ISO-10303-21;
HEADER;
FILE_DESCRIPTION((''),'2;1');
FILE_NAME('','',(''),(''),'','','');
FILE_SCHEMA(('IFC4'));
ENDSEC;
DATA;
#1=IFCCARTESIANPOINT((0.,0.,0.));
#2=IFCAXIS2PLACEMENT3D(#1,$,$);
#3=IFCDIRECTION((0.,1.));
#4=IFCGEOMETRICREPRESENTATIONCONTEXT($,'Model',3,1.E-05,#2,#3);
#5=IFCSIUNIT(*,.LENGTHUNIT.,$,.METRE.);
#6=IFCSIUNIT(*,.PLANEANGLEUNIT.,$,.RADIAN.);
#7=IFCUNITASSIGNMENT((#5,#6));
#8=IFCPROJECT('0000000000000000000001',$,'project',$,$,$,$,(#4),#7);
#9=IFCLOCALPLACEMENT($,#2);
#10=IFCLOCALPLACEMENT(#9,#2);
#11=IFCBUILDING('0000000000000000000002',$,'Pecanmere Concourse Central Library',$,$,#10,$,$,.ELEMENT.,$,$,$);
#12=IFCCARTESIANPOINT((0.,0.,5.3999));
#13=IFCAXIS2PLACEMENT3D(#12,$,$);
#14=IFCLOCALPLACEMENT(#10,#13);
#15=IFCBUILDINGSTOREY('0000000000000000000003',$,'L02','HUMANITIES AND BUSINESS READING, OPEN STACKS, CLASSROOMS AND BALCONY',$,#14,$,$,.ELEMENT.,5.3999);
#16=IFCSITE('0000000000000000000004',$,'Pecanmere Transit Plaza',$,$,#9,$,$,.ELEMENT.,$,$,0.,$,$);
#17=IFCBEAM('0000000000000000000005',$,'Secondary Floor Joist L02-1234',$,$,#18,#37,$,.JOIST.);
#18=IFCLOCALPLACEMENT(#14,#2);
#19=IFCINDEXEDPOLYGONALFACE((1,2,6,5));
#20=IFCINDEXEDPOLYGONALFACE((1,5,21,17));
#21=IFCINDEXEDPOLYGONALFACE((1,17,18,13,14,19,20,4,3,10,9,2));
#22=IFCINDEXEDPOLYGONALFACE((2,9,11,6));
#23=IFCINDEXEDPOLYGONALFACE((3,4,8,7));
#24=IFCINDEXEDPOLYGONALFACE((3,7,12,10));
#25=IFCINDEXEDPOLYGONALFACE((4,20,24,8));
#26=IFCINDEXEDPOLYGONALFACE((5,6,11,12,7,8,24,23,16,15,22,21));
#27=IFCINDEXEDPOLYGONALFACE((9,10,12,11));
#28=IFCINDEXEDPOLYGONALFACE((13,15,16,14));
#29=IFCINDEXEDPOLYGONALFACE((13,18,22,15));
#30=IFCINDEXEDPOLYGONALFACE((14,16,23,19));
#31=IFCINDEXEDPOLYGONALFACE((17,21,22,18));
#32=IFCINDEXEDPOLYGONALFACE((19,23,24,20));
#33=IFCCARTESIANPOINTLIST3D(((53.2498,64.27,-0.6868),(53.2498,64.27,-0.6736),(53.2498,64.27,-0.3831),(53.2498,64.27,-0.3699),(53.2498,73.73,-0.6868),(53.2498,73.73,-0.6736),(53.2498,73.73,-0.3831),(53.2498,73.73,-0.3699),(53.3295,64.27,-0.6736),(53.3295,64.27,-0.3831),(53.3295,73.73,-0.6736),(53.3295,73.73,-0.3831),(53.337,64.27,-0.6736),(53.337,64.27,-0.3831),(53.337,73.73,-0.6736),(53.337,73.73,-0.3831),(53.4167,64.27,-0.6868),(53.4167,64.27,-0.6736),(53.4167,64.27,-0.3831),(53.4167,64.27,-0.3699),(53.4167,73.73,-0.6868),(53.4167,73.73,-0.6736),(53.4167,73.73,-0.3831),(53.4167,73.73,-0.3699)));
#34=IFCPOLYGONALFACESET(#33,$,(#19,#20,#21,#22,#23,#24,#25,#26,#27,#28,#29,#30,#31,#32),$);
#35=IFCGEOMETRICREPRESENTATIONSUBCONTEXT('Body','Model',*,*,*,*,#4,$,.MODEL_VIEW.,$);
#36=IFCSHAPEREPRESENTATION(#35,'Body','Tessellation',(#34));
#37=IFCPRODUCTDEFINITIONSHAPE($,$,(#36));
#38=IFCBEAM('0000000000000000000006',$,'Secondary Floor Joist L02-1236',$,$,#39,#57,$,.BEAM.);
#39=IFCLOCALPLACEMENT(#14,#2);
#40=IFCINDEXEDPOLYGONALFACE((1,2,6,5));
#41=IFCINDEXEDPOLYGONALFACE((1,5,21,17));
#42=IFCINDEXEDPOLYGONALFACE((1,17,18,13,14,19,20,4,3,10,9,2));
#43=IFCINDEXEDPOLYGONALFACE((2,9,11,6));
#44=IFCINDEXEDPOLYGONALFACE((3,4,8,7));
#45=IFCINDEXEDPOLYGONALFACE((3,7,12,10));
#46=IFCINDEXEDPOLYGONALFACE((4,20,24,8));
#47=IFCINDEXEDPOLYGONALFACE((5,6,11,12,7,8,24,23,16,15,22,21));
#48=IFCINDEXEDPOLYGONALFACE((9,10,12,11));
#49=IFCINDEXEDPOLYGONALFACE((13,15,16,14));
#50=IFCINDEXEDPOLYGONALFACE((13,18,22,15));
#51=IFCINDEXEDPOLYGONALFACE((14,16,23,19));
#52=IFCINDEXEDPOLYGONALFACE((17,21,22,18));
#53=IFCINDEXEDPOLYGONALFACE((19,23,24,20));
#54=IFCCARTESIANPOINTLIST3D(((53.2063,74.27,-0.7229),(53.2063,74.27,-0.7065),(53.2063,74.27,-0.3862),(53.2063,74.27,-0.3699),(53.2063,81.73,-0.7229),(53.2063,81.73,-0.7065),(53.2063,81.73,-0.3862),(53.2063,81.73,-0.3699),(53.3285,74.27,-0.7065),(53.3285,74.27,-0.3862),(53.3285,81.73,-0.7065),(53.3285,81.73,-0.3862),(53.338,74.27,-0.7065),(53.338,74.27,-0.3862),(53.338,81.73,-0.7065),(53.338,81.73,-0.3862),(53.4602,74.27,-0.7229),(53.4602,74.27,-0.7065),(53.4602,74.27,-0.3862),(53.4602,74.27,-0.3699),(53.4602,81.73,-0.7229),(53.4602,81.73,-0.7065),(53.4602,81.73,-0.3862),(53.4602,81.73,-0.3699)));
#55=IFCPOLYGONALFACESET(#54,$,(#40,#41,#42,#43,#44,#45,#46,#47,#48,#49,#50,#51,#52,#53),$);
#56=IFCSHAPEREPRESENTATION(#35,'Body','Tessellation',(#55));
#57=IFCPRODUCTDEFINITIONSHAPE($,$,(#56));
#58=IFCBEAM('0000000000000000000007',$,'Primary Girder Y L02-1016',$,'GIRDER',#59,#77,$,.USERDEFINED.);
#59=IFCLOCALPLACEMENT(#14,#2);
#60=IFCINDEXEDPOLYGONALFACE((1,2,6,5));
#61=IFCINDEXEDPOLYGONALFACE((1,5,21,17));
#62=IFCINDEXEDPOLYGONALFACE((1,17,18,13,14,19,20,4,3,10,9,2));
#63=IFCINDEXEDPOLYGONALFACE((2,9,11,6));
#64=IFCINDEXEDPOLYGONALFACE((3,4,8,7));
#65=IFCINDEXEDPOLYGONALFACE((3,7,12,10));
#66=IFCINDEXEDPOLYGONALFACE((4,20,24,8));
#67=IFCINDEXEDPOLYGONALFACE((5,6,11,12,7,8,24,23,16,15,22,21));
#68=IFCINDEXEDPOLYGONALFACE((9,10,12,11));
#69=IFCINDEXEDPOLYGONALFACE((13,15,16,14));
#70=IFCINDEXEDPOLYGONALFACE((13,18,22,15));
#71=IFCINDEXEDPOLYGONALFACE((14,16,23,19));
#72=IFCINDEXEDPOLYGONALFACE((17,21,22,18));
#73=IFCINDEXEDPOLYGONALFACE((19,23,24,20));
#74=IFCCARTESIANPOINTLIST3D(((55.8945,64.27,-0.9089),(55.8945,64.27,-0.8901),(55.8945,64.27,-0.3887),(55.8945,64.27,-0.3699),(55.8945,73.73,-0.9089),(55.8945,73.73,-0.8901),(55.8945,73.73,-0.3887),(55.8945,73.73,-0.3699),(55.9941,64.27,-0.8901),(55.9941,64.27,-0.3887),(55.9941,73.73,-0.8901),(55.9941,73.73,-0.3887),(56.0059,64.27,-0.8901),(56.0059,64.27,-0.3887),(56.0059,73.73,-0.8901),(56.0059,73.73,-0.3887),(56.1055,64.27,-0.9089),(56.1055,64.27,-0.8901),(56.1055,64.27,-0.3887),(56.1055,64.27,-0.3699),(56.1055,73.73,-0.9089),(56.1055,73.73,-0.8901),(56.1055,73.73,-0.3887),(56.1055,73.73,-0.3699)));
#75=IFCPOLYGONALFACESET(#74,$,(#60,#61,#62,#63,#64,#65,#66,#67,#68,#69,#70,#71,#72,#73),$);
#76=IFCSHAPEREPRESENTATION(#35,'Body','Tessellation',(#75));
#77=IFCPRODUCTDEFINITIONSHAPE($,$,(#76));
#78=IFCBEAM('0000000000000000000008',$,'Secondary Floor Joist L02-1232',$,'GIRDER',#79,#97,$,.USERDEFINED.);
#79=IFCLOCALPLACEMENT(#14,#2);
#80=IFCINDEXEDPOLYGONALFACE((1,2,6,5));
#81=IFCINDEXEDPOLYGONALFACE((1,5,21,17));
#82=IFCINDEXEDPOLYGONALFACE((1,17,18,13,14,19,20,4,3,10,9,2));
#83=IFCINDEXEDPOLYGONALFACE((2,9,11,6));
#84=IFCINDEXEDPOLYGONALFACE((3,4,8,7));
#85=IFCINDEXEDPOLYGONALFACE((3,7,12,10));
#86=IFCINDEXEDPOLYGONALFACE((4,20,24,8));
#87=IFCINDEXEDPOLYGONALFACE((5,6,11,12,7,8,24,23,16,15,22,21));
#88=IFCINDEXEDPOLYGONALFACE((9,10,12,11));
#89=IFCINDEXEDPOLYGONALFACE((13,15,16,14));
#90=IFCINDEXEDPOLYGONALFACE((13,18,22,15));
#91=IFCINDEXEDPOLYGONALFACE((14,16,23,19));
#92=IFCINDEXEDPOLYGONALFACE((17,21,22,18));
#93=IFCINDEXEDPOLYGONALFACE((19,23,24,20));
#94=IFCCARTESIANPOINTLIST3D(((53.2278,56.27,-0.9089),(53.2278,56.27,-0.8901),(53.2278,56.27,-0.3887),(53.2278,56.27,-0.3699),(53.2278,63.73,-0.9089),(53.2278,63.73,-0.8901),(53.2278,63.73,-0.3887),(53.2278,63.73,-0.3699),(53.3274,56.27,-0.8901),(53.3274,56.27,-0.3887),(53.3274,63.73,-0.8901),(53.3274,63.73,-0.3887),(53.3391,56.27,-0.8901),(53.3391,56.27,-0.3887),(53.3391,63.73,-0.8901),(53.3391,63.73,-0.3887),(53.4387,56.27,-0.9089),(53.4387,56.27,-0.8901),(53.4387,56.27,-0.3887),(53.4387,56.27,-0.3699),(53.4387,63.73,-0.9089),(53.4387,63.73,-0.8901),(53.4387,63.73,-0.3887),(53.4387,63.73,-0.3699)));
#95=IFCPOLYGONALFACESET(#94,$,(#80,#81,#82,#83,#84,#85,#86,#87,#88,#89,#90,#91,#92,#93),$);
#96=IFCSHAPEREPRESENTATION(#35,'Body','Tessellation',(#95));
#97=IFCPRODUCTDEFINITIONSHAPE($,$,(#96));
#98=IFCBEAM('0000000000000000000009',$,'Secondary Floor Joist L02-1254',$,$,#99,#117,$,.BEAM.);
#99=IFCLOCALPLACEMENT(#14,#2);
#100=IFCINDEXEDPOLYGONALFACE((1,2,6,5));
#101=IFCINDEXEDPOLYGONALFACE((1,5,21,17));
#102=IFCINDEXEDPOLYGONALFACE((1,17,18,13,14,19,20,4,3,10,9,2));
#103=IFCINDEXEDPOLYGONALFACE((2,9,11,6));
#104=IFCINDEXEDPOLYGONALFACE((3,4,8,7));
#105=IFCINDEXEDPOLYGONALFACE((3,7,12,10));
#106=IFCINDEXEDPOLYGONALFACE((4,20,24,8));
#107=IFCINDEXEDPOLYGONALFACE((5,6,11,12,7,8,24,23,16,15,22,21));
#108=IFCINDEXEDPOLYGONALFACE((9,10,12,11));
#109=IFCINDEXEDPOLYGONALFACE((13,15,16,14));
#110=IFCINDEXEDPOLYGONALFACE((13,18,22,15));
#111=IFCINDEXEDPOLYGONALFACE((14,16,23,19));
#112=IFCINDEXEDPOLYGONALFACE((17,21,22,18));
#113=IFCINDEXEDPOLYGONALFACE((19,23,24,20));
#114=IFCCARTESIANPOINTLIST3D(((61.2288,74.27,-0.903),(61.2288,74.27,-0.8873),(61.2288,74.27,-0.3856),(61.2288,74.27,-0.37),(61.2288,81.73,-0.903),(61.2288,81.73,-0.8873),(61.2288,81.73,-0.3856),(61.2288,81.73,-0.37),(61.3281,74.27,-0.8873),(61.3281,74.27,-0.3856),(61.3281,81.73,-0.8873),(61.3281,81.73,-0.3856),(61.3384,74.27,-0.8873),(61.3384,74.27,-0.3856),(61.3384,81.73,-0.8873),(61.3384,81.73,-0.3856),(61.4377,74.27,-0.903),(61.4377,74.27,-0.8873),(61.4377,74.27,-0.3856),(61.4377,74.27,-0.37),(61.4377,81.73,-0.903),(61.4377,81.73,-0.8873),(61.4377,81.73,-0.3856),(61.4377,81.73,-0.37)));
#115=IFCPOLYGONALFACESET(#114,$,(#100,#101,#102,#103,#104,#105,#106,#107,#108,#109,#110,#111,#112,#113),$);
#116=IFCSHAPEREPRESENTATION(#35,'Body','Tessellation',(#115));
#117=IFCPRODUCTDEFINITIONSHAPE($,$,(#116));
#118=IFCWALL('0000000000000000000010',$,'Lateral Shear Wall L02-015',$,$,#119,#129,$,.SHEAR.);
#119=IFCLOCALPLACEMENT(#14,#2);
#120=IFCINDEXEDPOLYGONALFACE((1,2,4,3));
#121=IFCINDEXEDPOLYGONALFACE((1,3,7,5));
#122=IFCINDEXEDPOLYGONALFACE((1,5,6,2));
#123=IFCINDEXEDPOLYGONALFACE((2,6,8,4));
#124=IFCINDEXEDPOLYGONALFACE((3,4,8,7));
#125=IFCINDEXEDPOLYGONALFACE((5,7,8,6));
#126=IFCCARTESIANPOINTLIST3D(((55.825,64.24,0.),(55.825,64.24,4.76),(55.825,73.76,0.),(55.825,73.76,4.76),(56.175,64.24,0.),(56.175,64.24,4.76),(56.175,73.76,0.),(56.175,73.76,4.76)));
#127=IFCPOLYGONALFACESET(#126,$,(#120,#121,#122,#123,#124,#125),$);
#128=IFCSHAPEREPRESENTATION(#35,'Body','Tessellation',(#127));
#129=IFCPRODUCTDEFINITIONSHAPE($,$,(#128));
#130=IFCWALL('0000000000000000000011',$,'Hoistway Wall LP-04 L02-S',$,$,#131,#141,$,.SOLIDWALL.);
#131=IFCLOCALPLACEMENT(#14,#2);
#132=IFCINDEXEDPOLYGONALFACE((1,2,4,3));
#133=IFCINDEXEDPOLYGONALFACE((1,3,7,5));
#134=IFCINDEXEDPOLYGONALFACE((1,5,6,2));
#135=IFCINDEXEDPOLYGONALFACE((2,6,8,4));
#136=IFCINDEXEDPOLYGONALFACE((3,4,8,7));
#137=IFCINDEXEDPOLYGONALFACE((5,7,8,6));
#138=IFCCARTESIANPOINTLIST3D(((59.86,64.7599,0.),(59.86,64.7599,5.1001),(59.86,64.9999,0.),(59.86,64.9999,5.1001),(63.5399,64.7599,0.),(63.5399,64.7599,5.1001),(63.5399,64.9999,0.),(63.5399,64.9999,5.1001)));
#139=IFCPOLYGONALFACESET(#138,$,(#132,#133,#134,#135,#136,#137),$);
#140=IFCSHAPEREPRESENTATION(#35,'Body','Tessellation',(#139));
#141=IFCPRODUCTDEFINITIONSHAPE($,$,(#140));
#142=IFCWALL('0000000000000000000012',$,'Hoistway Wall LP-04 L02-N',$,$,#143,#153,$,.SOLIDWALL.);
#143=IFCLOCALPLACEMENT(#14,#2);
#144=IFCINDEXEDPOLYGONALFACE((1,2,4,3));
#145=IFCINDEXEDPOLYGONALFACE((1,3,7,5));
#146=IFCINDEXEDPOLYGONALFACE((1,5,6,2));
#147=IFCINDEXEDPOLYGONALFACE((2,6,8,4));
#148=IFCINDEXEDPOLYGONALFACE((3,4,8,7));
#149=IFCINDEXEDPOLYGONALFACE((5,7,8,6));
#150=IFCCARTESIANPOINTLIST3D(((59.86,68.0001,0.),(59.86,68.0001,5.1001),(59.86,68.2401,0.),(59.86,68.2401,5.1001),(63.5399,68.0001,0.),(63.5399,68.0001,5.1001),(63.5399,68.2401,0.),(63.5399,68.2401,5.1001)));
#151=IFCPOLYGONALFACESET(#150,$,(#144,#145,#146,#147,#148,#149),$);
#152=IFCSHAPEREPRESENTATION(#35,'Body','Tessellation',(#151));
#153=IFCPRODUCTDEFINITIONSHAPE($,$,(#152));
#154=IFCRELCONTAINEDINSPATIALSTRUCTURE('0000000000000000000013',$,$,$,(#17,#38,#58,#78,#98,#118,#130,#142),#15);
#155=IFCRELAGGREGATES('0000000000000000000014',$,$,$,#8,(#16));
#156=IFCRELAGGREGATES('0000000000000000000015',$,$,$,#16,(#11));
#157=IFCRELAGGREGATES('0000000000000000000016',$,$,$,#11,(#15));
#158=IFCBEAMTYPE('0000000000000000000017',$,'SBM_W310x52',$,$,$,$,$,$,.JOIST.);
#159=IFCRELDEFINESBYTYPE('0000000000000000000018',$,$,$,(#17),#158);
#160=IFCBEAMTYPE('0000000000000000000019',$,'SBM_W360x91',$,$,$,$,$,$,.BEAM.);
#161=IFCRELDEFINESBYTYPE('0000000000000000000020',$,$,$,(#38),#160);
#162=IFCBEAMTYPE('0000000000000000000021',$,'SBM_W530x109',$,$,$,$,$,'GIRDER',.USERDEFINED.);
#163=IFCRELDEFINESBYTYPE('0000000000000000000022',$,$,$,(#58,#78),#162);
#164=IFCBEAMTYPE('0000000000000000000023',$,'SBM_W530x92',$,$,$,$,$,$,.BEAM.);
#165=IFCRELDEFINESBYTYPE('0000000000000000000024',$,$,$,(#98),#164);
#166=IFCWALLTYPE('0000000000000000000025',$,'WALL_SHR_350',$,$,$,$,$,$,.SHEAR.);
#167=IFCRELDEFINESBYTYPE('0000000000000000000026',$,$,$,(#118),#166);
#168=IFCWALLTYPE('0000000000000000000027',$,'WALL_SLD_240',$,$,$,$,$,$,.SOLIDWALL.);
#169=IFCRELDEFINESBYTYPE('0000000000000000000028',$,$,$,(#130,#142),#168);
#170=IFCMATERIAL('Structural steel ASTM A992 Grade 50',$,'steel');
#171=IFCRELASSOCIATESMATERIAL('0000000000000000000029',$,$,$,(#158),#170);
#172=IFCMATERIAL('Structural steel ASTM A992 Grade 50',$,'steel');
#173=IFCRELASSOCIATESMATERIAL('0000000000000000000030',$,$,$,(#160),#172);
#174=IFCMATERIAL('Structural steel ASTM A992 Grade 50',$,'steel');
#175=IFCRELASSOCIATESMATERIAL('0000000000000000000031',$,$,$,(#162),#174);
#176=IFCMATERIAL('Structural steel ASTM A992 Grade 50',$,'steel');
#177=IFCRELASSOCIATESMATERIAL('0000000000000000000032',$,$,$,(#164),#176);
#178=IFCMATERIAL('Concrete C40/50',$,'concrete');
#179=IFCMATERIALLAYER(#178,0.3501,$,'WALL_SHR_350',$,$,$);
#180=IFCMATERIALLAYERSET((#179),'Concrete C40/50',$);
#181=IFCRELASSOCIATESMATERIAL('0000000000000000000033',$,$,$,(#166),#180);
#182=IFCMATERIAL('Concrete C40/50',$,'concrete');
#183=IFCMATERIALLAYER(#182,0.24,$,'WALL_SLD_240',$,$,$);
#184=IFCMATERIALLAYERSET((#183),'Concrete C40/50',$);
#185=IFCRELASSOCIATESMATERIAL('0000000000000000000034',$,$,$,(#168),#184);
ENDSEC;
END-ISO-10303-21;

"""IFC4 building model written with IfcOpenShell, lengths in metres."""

from ifc_helpers import new_model, si_unit, direction, frame, frame_2d, origin, origin_2d, place, context, subcontext, project, spatial, rectangle, i_section, extrude, material, layer, layer_set, material_profile, profile_set, type_object, element, save


model = new_model("IFC4")

# Units and contexts
model_context = context("Model", 3, precision=1e-05, world=origin(), true_north=direction((0.0, 1.0)))
body_context = subcontext(model_context, "Body", "Model", "MODEL_VIEW")
ifc_project = project(units=[si_unit("LENGTHUNIT", "METRE"), si_unit("PLANEANGLEUNIT", "RADIAN")], contexts=[model_context])

# Site, building, storey
site_placement = place(None, origin())
site = spatial("IfcSite", under=ifc_project, at=site_placement, Name="Pecanmere Transit Plaza", CompositionType="ELEMENT", RefElevation=0.0)
building_placement = place(site_placement, origin())
building = spatial("IfcBuilding", under=site, at=building_placement, Name="Pecanmere Concourse Central Library", CompositionType="ELEMENT")
storey_placement = place(building_placement, frame((0.0, 0.0, 5.3999)))
storey = spatial("IfcBuildingStorey", under=building, at=storey_placement, Name="L02", Description="HUMANITIES AND BUSINESS READING, OPEN STACKS, CLASSROOMS AND BALCONY", CompositionType="ELEMENT", Elevation=5.3999)

# Beams
ifc_material_1 = material(Name="Structural steel ASTM A992 Grade 50", Category="steel")
ifc_material_profile_1 = material_profile(ifc_material_1, i_section(OverallWidth=0.167, OverallDepth=0.3169, WebThickness=0.0076, FlangeThickness=0.0132, at=origin_2d()), Name="W310x52")
ifc_profile_set_1 = profile_set([ifc_material_profile_1], Name="Structural steel ASTM A992 Grade 50")
beam_type_1 = type_object("IfcBeamType", Name="SBM_W310x52", PredefinedType="JOIST", material=ifc_profile_set_1)
beam_1_placement = place(storey_placement, frame((53.3333, 64.27, -0.5283), z_axis=(0.0, 1.0, 0.0), x_axis=(-1.0, 0.0, 0.0)))
element("IfcBeam", 1, at=beam_1_placement, inside=storey, type_object=beam_type_1, Name="Secondary Floor Joist L02-1234", PredefinedType="JOIST", context=body_context, shape_type="SweptSolid", body=[
    extrude(i_section(OverallWidth=0.167, OverallDepth=0.3169, WebThickness=0.0076, FlangeThickness=0.0132, at=origin_2d()), origin(), (0.0, 0.0, 1.0), 9.46),
])
ifc_material_2 = material(Name="Structural steel ASTM A992 Grade 50", Category="steel")
ifc_material_profile_2 = material_profile(ifc_material_2, i_section(OverallWidth=0.2539, OverallDepth=0.353, WebThickness=0.0095, FlangeThickness=0.0164, at=origin_2d()), Name="W360x91")
ifc_profile_set_2 = profile_set([ifc_material_profile_2], Name="Structural steel ASTM A992 Grade 50")
beam_type_2 = type_object("IfcBeamType", Name="SBM_W360x91", PredefinedType="BEAM", material=ifc_profile_set_2)
beam_2_placement = place(storey_placement, frame((53.3333, 74.27, -0.5464), z_axis=(0.0, 1.0, 0.0), x_axis=(-1.0, 0.0, 0.0)))
element("IfcBeam", 2, at=beam_2_placement, inside=storey, type_object=beam_type_2, Name="Secondary Floor Joist L02-1236", PredefinedType="BEAM", context=body_context, shape_type="SweptSolid", body=[
    extrude(i_section(OverallWidth=0.2539, OverallDepth=0.353, WebThickness=0.0095, FlangeThickness=0.0164, at=origin_2d()), origin(), (0.0, 0.0, 1.0), 7.46),
])
ifc_material_3 = material(Name="Structural steel ASTM A992 Grade 50", Category="steel")
ifc_material_profile_3 = material_profile(ifc_material_3, i_section(OverallWidth=0.2109, OverallDepth=0.5391, WebThickness=0.0117, FlangeThickness=0.0188, at=origin_2d()), Name="W530x109")
ifc_profile_set_3 = profile_set([ifc_material_profile_3], Name="Structural steel ASTM A992 Grade 50")
beam_type_3 = type_object("IfcBeamType", Name="SBM_W530x109", ElementType="GIRDER", PredefinedType="USERDEFINED", material=ifc_profile_set_3)
beam_3_placement = place(storey_placement, frame((56.0, 64.27, -0.6394), z_axis=(0.0, 1.0, 0.0), x_axis=(-1.0, 0.0, 0.0)))
element("IfcBeam", 3, at=beam_3_placement, inside=storey, type_object=beam_type_3, Name="Primary Girder Y L02-1016", ObjectType="GIRDER", PredefinedType="USERDEFINED", context=body_context, shape_type="SweptSolid", body=[
    extrude(i_section(OverallWidth=0.2109, OverallDepth=0.5391, WebThickness=0.0117, FlangeThickness=0.0188, at=origin_2d()), origin(), (0.0, 0.0, 1.0), 9.46),
])
beam_4_placement = place(storey_placement, frame((53.3333, 56.27, -0.6394), z_axis=(0.0, 1.0, 0.0), x_axis=(-1.0, 0.0, 0.0)))
element("IfcBeam", 4, at=beam_4_placement, inside=storey, type_object=beam_type_3, Name="Secondary Floor Joist L02-1232", ObjectType="GIRDER", PredefinedType="USERDEFINED", context=body_context, shape_type="SweptSolid", body=[
    extrude(i_section(OverallWidth=0.2109, OverallDepth=0.5391, WebThickness=0.0117, FlangeThickness=0.0188, at=origin_2d()), origin(), (0.0, 0.0, 1.0), 7.46),
])
ifc_material_4 = material(Name="Structural steel ASTM A992 Grade 50", Category="steel")
ifc_material_profile_4 = material_profile(ifc_material_4, i_section(OverallWidth=0.209, OverallDepth=0.533, WebThickness=0.0103, FlangeThickness=0.0156, at=origin_2d()), Name="W530x92")
ifc_profile_set_4 = profile_set([ifc_material_profile_4], Name="Structural steel ASTM A992 Grade 50")
beam_type_4 = type_object("IfcBeamType", Name="SBM_W530x92", PredefinedType="BEAM", material=ifc_profile_set_4)
beam_5_placement = place(storey_placement, frame((61.3333, 74.27, -0.6365), z_axis=(0.0, 1.0, 0.0), x_axis=(-1.0, 0.0, 0.0)))
element("IfcBeam", 5, at=beam_5_placement, inside=storey, type_object=beam_type_4, Name="Secondary Floor Joist L02-1254", PredefinedType="BEAM", context=body_context, shape_type="SweptSolid", body=[
    extrude(i_section(OverallWidth=0.209, OverallDepth=0.533, WebThickness=0.0103, FlangeThickness=0.0156, at=origin_2d()), origin(), (0.0, 0.0, 1.0), 7.46),
])

# Walls
ifc_material_5 = material(Name="Concrete C40/50", Category="concrete")
ifc_layer_1 = layer(ifc_material_5, 0.3501, Name="WALL_SHR_350")
ifc_layer_set_1 = layer_set([ifc_layer_1], Name="Concrete C40/50")
wall_type_1 = type_object("IfcWallType", Name="WALL_SHR_350", PredefinedType="SHEAR", material=ifc_layer_set_1)
wall_1_placement = place(storey_placement, frame((56.0, 64.24, 0.0), z_axis=(0.0, 0.0, 1.0), x_axis=(0.0, 1.0, 0.0)))
element("IfcWall", 6, at=wall_1_placement, inside=storey, type_object=wall_type_1, Name="Lateral Shear Wall L02-015", PredefinedType="SHEAR", context=body_context, shape_type="SweptSolid", body=[
    extrude(rectangle(XDim=9.52, YDim=0.3501, at=frame_2d((4.76, 0.0))), origin(), (0.0, 0.0, 1.0), 4.76),
])
ifc_material_6 = material(Name="Concrete C40/50", Category="concrete")
ifc_layer_2 = layer(ifc_material_6, 0.24, Name="WALL_SLD_240")
ifc_layer_set_2 = layer_set([ifc_layer_2], Name="Concrete C40/50")
wall_type_2 = type_object("IfcWallType", Name="WALL_SLD_240", PredefinedType="SOLIDWALL", material=ifc_layer_set_2)
for number, where, z_axis, x_axis, name in (
    (7, (59.8601, 64.8799, 0.0), (0.0, 0.0, 1.0), (1.0, 0.0, 0.0), "Hoistway Wall LP-04 L02-S"),
    (8, (59.8601, 68.1201, 0.0), (0.0, 0.0, 1.0), (1.0, 0.0, 0.0), "Hoistway Wall LP-04 L02-N"),
):
    element("IfcWall", number, at=place(storey_placement, frame(where, z_axis=z_axis, x_axis=x_axis)), inside=storey, type_object=wall_type_2, Name=name, PredefinedType="SOLIDWALL", context=body_context, shape_type="SweptSolid", body=[
        extrude(rectangle(XDim=3.6799, YDim=0.24, at=frame_2d((1.8398, 0.0))), origin(), (0.0, 0.0, 1.0), 5.1001),
    ])

save(model, "model.ifc")
